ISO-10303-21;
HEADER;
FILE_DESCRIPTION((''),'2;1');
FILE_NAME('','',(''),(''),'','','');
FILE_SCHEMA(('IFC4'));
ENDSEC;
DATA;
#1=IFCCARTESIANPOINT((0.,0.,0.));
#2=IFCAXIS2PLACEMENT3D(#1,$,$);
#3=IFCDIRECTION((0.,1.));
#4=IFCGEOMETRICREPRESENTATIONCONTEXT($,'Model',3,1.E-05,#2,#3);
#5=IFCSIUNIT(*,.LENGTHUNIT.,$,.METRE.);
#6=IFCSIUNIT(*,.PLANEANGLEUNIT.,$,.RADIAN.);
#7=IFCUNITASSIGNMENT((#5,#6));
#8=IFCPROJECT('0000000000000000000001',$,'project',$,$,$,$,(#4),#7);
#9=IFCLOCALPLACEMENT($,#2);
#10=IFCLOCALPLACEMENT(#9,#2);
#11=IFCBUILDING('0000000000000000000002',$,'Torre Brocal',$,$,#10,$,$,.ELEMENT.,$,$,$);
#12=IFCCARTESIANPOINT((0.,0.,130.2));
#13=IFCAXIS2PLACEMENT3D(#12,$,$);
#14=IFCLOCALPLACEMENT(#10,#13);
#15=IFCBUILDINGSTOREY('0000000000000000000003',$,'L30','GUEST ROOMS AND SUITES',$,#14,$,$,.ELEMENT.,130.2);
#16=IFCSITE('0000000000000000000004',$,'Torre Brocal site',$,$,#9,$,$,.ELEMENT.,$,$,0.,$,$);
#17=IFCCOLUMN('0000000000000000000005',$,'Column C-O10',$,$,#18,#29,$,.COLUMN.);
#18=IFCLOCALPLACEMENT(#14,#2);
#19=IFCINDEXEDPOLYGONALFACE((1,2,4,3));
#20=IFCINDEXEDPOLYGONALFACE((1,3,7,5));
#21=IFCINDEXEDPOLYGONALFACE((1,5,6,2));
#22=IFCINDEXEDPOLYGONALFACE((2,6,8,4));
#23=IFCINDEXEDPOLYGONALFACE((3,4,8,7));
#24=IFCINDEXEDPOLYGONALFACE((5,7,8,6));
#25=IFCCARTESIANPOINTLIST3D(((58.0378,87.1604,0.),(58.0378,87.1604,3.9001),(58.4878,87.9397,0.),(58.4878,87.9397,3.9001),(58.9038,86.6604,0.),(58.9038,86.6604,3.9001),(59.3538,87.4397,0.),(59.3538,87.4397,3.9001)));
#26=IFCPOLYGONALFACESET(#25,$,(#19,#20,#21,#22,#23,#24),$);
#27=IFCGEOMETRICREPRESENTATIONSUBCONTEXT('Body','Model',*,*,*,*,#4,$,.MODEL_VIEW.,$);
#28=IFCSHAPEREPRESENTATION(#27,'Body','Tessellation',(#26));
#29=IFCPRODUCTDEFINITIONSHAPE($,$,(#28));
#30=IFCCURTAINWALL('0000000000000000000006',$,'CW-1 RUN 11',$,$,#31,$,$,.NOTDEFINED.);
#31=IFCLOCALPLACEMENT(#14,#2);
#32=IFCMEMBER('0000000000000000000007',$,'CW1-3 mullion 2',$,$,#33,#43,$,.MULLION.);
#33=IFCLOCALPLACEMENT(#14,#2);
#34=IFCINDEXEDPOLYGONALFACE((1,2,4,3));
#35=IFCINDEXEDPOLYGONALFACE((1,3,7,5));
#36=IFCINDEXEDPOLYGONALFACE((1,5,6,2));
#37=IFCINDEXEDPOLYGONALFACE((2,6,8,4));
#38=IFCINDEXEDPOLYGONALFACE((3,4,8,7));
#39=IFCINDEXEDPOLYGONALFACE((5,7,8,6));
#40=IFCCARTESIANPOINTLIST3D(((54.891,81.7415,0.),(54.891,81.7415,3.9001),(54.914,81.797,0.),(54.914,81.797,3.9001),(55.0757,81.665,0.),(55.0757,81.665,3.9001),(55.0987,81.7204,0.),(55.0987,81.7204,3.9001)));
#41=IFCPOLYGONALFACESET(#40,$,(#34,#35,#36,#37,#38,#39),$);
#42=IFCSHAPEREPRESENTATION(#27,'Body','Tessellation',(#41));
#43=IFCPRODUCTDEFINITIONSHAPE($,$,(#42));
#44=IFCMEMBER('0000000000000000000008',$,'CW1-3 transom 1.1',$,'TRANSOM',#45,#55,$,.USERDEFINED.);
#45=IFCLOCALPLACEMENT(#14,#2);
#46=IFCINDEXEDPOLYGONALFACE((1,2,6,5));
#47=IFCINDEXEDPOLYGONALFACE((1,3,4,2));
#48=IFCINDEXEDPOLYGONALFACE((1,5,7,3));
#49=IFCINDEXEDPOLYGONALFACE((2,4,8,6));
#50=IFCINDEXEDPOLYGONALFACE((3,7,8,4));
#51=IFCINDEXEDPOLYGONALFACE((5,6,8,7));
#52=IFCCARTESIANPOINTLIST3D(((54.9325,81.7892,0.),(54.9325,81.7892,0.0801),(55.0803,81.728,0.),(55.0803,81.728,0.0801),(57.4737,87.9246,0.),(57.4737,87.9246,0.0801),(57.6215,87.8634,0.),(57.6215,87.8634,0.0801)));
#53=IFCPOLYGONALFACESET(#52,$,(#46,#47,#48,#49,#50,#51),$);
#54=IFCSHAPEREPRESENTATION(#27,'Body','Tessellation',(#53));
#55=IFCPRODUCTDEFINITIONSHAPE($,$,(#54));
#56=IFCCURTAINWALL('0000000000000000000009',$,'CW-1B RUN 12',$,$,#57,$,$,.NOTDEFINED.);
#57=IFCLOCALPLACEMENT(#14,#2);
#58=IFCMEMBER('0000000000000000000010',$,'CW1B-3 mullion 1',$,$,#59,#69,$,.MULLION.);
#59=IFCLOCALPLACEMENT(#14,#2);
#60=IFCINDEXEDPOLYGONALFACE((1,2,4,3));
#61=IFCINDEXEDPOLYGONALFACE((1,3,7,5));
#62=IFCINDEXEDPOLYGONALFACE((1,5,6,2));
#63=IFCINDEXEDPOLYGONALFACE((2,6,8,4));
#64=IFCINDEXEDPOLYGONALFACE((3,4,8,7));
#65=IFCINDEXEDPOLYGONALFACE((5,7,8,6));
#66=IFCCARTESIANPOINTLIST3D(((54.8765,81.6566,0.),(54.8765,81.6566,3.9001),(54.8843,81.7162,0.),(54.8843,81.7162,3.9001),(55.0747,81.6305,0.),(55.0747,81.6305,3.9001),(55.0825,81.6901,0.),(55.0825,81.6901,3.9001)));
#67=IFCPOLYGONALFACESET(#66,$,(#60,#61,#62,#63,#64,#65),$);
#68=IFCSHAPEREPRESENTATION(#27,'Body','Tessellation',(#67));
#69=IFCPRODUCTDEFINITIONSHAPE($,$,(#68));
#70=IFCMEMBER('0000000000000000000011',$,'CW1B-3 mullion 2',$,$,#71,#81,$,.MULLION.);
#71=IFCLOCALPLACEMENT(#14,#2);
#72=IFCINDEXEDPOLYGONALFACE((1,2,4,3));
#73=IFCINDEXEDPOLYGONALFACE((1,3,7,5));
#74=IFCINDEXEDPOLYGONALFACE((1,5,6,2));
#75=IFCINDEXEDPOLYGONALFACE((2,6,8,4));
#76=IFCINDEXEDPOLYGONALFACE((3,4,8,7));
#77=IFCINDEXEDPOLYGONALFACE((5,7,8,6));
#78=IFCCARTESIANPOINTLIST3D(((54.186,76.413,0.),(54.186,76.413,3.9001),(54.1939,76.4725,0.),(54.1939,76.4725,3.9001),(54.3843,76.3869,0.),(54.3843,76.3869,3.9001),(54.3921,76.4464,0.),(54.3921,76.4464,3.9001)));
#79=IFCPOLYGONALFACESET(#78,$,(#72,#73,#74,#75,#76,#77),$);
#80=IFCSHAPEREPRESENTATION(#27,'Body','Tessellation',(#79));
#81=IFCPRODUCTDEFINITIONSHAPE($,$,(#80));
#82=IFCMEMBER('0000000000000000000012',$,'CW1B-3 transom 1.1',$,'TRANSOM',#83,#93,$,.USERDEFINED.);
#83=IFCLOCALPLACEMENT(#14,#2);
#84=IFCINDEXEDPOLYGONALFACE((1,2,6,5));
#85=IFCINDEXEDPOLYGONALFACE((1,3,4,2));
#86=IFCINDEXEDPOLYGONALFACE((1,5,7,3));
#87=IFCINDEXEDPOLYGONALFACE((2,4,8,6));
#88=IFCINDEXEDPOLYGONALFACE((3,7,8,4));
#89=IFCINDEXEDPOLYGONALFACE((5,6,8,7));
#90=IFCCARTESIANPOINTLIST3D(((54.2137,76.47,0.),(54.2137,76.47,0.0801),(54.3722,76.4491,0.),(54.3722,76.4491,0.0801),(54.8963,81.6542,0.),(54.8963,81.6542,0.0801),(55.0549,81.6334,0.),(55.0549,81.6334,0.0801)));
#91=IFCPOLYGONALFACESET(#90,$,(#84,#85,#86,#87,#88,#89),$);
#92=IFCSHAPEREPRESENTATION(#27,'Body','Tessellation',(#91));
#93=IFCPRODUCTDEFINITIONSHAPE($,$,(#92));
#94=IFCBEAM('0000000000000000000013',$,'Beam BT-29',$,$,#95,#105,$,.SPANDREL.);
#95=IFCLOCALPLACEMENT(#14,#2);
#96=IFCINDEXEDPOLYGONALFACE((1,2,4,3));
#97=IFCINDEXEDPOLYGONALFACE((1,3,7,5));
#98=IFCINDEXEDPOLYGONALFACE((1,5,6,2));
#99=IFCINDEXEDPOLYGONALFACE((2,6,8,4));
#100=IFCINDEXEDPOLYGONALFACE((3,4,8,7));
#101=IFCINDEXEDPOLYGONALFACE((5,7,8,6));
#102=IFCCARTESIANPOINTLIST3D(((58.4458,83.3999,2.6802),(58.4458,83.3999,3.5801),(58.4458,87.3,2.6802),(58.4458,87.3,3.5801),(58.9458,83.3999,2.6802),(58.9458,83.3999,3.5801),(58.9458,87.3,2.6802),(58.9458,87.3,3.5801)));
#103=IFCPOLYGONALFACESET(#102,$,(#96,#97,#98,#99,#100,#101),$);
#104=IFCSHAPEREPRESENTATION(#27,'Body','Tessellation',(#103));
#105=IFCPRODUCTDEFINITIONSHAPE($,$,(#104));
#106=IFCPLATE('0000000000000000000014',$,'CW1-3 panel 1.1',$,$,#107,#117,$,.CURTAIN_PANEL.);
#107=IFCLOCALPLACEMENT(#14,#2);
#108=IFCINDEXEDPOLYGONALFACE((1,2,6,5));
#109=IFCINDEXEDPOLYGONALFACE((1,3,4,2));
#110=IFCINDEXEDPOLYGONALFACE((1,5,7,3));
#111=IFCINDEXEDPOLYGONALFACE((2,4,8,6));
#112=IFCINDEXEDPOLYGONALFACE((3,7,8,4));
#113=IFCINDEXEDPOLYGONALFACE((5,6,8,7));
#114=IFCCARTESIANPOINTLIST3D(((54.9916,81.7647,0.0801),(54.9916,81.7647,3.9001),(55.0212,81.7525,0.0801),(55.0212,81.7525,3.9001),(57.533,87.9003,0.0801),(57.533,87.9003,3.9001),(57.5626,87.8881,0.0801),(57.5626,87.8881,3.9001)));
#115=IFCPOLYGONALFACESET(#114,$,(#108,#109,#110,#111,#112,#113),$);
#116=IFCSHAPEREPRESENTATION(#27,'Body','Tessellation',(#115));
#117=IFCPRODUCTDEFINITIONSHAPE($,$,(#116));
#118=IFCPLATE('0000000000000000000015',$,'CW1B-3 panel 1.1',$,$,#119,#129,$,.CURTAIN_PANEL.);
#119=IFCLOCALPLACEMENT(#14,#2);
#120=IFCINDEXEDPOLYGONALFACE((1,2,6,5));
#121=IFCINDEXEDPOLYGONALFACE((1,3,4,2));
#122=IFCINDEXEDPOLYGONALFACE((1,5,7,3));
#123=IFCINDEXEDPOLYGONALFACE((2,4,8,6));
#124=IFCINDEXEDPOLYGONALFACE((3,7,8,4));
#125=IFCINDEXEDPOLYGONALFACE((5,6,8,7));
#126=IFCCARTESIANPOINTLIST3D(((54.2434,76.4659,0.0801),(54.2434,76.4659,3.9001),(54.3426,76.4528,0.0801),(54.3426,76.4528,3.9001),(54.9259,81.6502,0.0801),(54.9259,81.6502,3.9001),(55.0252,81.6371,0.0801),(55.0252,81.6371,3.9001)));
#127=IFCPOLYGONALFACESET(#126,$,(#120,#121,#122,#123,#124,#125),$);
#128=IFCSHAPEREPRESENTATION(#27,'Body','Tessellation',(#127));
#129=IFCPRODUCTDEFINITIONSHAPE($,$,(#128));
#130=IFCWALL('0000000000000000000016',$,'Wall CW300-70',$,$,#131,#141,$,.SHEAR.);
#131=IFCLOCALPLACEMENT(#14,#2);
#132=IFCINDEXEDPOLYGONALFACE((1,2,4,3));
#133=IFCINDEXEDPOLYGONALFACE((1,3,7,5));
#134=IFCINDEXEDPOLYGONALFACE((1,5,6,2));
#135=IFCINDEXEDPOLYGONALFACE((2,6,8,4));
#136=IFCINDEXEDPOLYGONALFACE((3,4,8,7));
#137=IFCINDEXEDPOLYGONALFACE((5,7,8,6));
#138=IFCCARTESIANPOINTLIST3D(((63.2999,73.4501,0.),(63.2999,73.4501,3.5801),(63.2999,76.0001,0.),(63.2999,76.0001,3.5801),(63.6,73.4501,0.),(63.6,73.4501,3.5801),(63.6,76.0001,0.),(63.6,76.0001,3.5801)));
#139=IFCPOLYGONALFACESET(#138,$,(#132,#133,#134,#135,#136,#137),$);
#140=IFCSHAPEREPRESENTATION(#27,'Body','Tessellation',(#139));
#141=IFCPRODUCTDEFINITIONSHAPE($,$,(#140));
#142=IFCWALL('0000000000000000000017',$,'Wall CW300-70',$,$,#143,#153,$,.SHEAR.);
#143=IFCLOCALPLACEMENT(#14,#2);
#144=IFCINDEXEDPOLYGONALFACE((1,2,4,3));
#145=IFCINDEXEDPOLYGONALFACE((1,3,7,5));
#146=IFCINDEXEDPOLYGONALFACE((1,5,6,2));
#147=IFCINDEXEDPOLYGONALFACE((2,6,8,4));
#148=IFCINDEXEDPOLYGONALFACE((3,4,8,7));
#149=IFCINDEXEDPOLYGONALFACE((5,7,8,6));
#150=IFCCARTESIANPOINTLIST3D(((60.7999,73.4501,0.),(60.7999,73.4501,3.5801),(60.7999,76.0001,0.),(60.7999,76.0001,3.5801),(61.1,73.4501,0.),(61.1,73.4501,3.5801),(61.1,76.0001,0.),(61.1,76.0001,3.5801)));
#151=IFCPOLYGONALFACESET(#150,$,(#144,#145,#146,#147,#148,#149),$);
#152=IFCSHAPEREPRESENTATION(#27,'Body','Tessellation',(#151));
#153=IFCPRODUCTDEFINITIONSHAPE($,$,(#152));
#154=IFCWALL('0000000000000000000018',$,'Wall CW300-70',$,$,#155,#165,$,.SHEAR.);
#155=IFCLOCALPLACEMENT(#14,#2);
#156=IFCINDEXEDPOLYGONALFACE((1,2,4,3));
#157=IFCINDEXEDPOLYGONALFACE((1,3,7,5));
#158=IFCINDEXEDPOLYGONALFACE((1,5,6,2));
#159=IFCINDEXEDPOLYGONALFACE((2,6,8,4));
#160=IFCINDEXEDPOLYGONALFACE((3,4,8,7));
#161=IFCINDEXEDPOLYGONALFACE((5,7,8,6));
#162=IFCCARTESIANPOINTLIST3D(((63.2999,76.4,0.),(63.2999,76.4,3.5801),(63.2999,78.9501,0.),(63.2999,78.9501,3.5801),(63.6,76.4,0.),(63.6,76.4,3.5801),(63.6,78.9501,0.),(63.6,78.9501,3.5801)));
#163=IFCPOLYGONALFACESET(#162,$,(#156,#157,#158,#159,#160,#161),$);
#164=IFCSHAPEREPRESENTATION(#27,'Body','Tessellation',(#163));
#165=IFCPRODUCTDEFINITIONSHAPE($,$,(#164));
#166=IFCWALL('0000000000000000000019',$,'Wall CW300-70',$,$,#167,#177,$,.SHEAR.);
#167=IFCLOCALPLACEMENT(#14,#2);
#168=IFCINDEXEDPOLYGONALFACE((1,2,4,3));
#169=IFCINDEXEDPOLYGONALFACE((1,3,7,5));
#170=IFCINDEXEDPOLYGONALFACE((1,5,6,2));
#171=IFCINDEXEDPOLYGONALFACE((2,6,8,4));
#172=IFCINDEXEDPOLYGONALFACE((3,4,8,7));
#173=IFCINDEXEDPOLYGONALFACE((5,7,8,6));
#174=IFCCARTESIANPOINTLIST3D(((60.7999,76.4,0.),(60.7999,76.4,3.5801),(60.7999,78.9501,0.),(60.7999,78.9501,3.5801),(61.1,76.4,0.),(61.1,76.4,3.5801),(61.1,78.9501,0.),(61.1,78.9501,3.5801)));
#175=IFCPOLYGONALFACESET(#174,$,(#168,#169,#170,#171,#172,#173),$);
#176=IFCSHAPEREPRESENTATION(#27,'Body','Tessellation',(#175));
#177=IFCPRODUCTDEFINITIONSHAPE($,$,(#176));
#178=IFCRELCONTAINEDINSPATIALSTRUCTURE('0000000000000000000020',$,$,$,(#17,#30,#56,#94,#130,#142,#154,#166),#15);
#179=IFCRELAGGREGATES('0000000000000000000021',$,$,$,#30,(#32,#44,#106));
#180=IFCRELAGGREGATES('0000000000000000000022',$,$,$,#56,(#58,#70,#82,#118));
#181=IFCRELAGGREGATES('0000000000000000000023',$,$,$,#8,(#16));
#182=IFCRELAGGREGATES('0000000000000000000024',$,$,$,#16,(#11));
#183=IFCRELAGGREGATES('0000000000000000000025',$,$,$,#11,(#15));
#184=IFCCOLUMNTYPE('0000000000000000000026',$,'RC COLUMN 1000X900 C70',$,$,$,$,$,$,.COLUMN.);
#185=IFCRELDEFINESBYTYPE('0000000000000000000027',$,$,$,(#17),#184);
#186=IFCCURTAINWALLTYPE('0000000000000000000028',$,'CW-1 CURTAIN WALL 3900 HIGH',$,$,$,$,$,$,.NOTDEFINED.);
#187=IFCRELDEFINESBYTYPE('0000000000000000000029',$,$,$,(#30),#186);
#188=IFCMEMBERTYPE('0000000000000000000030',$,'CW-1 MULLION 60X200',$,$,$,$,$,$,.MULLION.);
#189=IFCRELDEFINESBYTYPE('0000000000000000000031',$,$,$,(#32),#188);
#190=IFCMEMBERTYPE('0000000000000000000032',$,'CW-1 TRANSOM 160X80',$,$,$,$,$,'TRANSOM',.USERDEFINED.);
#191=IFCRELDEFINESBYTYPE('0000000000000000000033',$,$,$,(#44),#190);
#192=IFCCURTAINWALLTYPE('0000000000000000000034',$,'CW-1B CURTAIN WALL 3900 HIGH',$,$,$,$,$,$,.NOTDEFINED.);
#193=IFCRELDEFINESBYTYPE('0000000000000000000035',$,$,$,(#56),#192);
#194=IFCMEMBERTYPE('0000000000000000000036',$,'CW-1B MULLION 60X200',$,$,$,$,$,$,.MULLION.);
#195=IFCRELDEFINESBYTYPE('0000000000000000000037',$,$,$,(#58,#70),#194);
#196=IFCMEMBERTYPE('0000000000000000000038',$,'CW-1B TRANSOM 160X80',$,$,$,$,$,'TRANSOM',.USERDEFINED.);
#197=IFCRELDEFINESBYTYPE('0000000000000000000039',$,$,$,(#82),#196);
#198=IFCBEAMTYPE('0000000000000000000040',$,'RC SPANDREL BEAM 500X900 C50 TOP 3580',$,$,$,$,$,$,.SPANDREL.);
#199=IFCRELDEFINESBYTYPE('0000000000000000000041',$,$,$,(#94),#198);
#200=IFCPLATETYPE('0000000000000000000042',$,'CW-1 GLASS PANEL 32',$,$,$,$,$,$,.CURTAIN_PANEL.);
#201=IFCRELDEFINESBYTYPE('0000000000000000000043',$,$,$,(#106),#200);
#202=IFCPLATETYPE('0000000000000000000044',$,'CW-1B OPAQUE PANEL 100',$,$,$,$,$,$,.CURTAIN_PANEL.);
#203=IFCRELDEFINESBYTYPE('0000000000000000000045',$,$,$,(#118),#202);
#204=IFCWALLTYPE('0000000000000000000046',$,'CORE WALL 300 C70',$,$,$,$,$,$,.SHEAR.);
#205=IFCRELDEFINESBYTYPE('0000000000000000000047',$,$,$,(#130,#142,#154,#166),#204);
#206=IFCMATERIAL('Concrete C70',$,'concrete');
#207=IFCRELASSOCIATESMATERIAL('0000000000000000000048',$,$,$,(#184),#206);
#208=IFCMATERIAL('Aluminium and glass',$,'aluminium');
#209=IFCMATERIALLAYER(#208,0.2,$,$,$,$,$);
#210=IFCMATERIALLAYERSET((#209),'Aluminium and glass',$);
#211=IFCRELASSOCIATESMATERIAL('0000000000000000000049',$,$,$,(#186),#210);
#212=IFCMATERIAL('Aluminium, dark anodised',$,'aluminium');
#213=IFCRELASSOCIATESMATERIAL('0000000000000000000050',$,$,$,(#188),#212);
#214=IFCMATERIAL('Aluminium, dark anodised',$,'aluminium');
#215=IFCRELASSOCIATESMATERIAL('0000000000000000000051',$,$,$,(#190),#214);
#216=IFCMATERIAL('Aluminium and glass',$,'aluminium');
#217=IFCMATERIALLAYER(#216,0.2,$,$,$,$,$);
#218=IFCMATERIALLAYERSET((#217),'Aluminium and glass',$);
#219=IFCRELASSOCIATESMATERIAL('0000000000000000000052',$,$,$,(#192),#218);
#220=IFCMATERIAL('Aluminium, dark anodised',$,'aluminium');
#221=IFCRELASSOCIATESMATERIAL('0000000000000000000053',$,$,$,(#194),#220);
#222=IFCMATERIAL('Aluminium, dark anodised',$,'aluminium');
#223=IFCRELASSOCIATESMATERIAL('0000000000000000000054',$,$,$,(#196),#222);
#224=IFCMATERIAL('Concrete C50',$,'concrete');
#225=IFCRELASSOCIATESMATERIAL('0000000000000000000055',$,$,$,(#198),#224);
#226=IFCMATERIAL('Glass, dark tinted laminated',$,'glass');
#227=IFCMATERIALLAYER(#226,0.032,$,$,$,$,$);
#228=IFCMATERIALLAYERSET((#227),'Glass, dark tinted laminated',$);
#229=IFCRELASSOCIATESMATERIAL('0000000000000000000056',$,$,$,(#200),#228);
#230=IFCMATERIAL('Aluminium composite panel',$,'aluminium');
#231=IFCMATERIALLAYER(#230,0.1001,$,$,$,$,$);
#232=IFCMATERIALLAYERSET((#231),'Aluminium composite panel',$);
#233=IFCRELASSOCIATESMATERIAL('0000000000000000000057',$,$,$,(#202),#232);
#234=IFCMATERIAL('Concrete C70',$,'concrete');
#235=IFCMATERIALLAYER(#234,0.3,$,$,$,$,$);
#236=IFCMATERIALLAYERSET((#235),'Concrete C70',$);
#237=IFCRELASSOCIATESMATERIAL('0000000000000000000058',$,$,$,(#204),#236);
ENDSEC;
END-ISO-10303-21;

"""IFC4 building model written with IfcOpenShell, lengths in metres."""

from ifc_helpers import new_model, si_unit, direction, frame, frame_2d, origin, origin_2d, place, context, subcontext, project, spatial, rectangle, extrude, material, layer, layer_set, material_profile, profile_set, type_object, element, aggregate, save


model = new_model("IFC4")

# Units and contexts
model_context = context("Model", 3, precision=1e-05, world=origin(), true_north=direction((0.0, 1.0)))
body_context = subcontext(model_context, "Body", "Model", "MODEL_VIEW")
ifc_project = project(units=[si_unit("LENGTHUNIT", "METRE"), si_unit("PLANEANGLEUNIT", "RADIAN")], contexts=[model_context])

# Site, building, storey
site_placement = place(None, origin())
site = spatial("IfcSite", under=ifc_project, at=site_placement, Name="Torre Brocal site", CompositionType="ELEMENT", RefElevation=0.0)
building_placement = place(site_placement, origin())
building = spatial("IfcBuilding", under=site, at=building_placement, Name="Torre Brocal", CompositionType="ELEMENT")
storey_placement = place(building_placement, frame((0.0, 0.0, 130.2)))
storey = spatial("IfcBuildingStorey", under=building, at=storey_placement, Name="L30", Description="GUEST ROOMS AND SUITES", CompositionType="ELEMENT", Elevation=130.2)

# Column
ifc_material_1 = material(Name="Concrete C70", Category="concrete")
ifc_material_profile_1 = material_profile(ifc_material_1, rectangle(XDim=1.0, YDim=0.8999, at=origin_2d()), Name="RC 1000X900")
ifc_profile_set_1 = profile_set([ifc_material_profile_1], Name="Concrete C70")
column_type = type_object("IfcColumnType", Name="RC COLUMN 1000X900 C70", PredefinedType="COLUMN", material=ifc_profile_set_1)
column_placement = place(storey_placement, frame((58.6958, 87.3, 0.0), z_axis=(0.0, 0.0, 1.0), x_axis=(-0.866025, 0.5, 0.0)))
element("IfcColumn", 1, at=column_placement, inside=storey, type_object=column_type, Name="Column C-O10", PredefinedType="COLUMN", context=body_context, shape_type="SweptSolid", body=[
    extrude(rectangle(XDim=1.0, YDim=0.8999, at=origin_2d()), origin(), (0.0, 0.0, 1.0), 3.9001),
])

# Curtain walls, members
ifc_material_2 = material(Name="Aluminium and glass", Category="aluminium")
ifc_layer_1 = layer(ifc_material_2, 0.2)
ifc_layer_set_1 = layer_set([ifc_layer_1], Name="Aluminium and glass")
curtain_wall_type_1 = type_object("IfcCurtainWallType", Name="CW-1 CURTAIN WALL 3900 HIGH", PredefinedType="NOTDEFINED", material=ifc_layer_set_1)
curtain_wall_1_placement = place(storey_placement, origin())
curtain_wall_1 = element("IfcCurtainWall", 2, at=curtain_wall_1_placement, inside=storey, type_object=curtain_wall_type_1, Name="CW-1 RUN 11", PredefinedType="NOTDEFINED")
ifc_material_3 = material(Name="Aluminium, dark anodised", Category="aluminium")
ifc_material_profile_2 = material_profile(ifc_material_3, rectangle(XDim=0.2, YDim=0.0601, at=origin_2d()), Name="CW-1 MULLION 60X200")
ifc_profile_set_2 = profile_set([ifc_material_profile_2], Name="Aluminium, dark anodised")
member_type_1 = type_object("IfcMemberType", Name="CW-1 MULLION 60X200", PredefinedType="MULLION", material=ifc_profile_set_2)
member_1_placement = place(storey_placement, frame((54.9949, 81.731, 0.0), z_axis=(0.0, 0.0, 1.0), x_axis=(0.92388, -0.382683, 0.0)))
member_1 = element("IfcMember", 3, at=member_1_placement, type_object=member_type_1, Name="CW1-3 mullion 2", PredefinedType="MULLION", context=body_context, shape_type="SweptSolid", body=[
    extrude(rectangle(XDim=0.2, YDim=0.0601, at=origin_2d()), origin(), (0.0, 0.0, 1.0), 3.9001),
])
ifc_material_4 = material(Name="Aluminium, dark anodised", Category="aluminium")
ifc_material_profile_3 = material_profile(ifc_material_4, rectangle(XDim=0.1599, YDim=0.0801, at=origin_2d()), Name="CW-1 TRANSOM 160X80")
ifc_profile_set_3 = profile_set([ifc_material_profile_3], Name="Aluminium, dark anodised")
member_type_2 = type_object("IfcMemberType", Name="CW-1 TRANSOM 160X80", ElementType="TRANSOM", PredefinedType="USERDEFINED", material=ifc_profile_set_3)
member_2_placement = place(storey_placement, frame((57.5476, 87.894, 0.04), z_axis=(-0.382665, -0.923887, 0.0), x_axis=(0.923887, -0.382665, 0.0)))
member_2 = element("IfcMember", 4, at=member_2_placement, type_object=member_type_2, Name="CW1-3 transom 1.1", ObjectType="TRANSOM", PredefinedType="USERDEFINED", context=body_context, shape_type="SweptSolid", body=[
    extrude(rectangle(XDim=0.1599, YDim=0.0801, at=origin_2d()), origin(), (0.0, 0.0, 1.0), 6.6409),
])
ifc_material_5 = material(Name="Aluminium and glass", Category="aluminium")
ifc_layer_2 = layer(ifc_material_5, 0.2)
ifc_layer_set_2 = layer_set([ifc_layer_2], Name="Aluminium and glass")
curtain_wall_type_2 = type_object("IfcCurtainWallType", Name="CW-1B CURTAIN WALL 3900 HIGH", PredefinedType="NOTDEFINED", material=ifc_layer_set_2)
curtain_wall_2_placement = place(storey_placement, origin())
curtain_wall_2 = element("IfcCurtainWall", 5, at=curtain_wall_2_placement, inside=storey, type_object=curtain_wall_type_2, Name="CW-1B RUN 12", PredefinedType="NOTDEFINED")
ifc_material_6 = material(Name="Aluminium, dark anodised", Category="aluminium")
ifc_material_profile_4 = material_profile(ifc_material_6, rectangle(XDim=0.2, YDim=0.0601, at=origin_2d()), Name="CW-1B MULLION 60X200")
ifc_profile_set_4 = profile_set([ifc_material_profile_4], Name="Aluminium, dark anodised")
member_type_3 = type_object("IfcMemberType", Name="CW-1B MULLION 60X200", PredefinedType="MULLION", material=ifc_profile_set_4)
member_3_placement = place(storey_placement, frame((54.9795, 81.6733, 0.0), z_axis=(0.0, 0.0, 1.0), x_axis=(0.991445, -0.130526, 0.0)))
member_3 = element("IfcMember", 6, at=member_3_placement, type_object=member_type_3, Name="CW1B-3 mullion 1", PredefinedType="MULLION", context=body_context, shape_type="SweptSolid", body=[
    extrude(rectangle(XDim=0.2, YDim=0.0601, at=origin_2d()), origin(), (0.0, 0.0, 1.0), 3.9001),
])
member_4_placement = place(storey_placement, frame((54.2891, 76.4297, 0.0), z_axis=(0.0, 0.0, 1.0), x_axis=(0.991445, -0.130526, 0.0)))
member_4 = element("IfcMember", 7, at=member_4_placement, type_object=member_type_3, Name="CW1B-3 mullion 2", PredefinedType="MULLION", context=body_context, shape_type="SweptSolid", body=[
    extrude(rectangle(XDim=0.2, YDim=0.0601, at=origin_2d()), origin(), (0.0, 0.0, 1.0), 3.9001),
])
ifc_material_7 = material(Name="Aluminium, dark anodised", Category="aluminium")
ifc_material_profile_5 = material_profile(ifc_material_7, rectangle(XDim=0.1599, YDim=0.0801, at=origin_2d()), Name="CW-1B TRANSOM 160X80")
ifc_profile_set_5 = profile_set([ifc_material_profile_5], Name="Aluminium, dark anodised")
member_type_4 = type_object("IfcMemberType", Name="CW-1B TRANSOM 160X80", ElementType="TRANSOM", PredefinedType="USERDEFINED", material=ifc_profile_set_5)
member_5_placement = place(storey_placement, frame((54.9756, 81.6438, 0.04), z_axis=(-0.130543, -0.991443, 0.0), x_axis=(0.991443, -0.130543, 0.0)))
member_5 = element("IfcMember", 8, at=member_5_placement, type_object=member_type_4, Name="CW1B-3 transom 1.1", ObjectType="TRANSOM", PredefinedType="USERDEFINED", context=body_context, shape_type="SweptSolid", body=[
    extrude(rectangle(XDim=0.1599, YDim=0.0801, at=origin_2d()), origin(), (0.0, 0.0, 1.0), 5.229),
])

# Beam
ifc_material_8 = material(Name="Concrete C50", Category="concrete")
ifc_material_profile_6 = material_profile(ifc_material_8, rectangle(XDim=0.5, YDim=0.8999, at=origin_2d()), Name="RC 500X900")
ifc_profile_set_6 = profile_set([ifc_material_profile_6], Name="Concrete C50")
beam_type = type_object("IfcBeamType", Name="RC SPANDREL BEAM 500X900 C50 TOP 3580", PredefinedType="SPANDREL", material=ifc_profile_set_6)
beam_placement = place(storey_placement, frame((58.6958, 87.3, 3.1301), z_axis=(0.0, -1.0, 0.0), x_axis=(1.0, 0.0, 0.0)))
element("IfcBeam", 9, at=beam_placement, inside=storey, type_object=beam_type, Name="Beam BT-29", PredefinedType="SPANDREL", context=body_context, shape_type="SweptSolid", body=[
    extrude(rectangle(XDim=0.5, YDim=0.8999, at=origin_2d()), origin(), (0.0, 0.0, 1.0), 3.9001),
])

# Plates
ifc_material_9 = material(Name="Glass, dark tinted laminated", Category="glass")
ifc_layer_3 = layer(ifc_material_9, 0.032)
ifc_layer_set_3 = layer_set([ifc_layer_3], Name="Glass, dark tinted laminated")
plate_type_1 = type_object("IfcPlateType", Name="CW-1 GLASS PANEL 32", PredefinedType="CURTAIN_PANEL", material=ifc_layer_set_3)
plate_1_placement = place(storey_placement, frame((56.2771, 84.8264, 0.0801), z_axis=(0.0, 0.0, 1.0), x_axis=(-0.382683, -0.92388, 0.0)))
plate_1 = element("IfcPlate", 10, at=plate_1_placement, type_object=plate_type_1, Name="CW1-3 panel 1.1", PredefinedType="CURTAIN_PANEL", context=body_context, shape_type="SweptSolid", body=[
    extrude(rectangle(XDim=6.6411, YDim=0.032, at=origin_2d()), origin(), (0.0, 0.0, 1.0), 3.8201),
])
aggregate(curtain_wall_1, [member_1, member_2, plate_1])
ifc_material_10 = material(Name="Aluminium composite panel", Category="aluminium")
ifc_layer_4 = layer(ifc_material_10, 0.1001)
ifc_layer_set_4 = layer_set([ifc_layer_4], Name="Aluminium composite panel")
plate_type_2 = type_object("IfcPlateType", Name="CW-1B OPAQUE PANEL 100", PredefinedType="CURTAIN_PANEL", material=ifc_layer_set_4)
plate_2_placement = place(storey_placement, frame((54.6343, 79.0515, 0.0801), z_axis=(0.0, 0.0, 1.0), x_axis=(-0.130526, -0.991445, 0.0)))
plate_2 = element("IfcPlate", 11, at=plate_2_placement, type_object=plate_type_2, Name="CW1B-3 panel 1.1", PredefinedType="CURTAIN_PANEL", context=body_context, shape_type="SweptSolid", body=[
    extrude(rectangle(XDim=5.229, YDim=0.1001, at=origin_2d()), origin(), (0.0, 0.0, 1.0), 3.8201),
])
aggregate(curtain_wall_2, [member_3, member_4, member_5, plate_2])

# Walls
ifc_material_11 = material(Name="Concrete C70", Category="concrete")
ifc_layer_5 = layer(ifc_material_11, 0.3)
ifc_layer_set_5 = layer_set([ifc_layer_5], Name="Concrete C70")
wall_type_1 = type_object("IfcWallType", Name="CORE WALL 300 C70", PredefinedType="SHEAR", material=ifc_layer_set_5)
for number, where, z_axis, x_axis, name in (
    (12, (63.45, 76.0, 0.0), (0.0, 0.0, 1.0), (0.0, -1.0, 0.0), "Wall CW300-70"),
    (13, (60.95, 76.0, 0.0), (0.0, 0.0, 1.0), (0.0, -1.0, 0.0), "Wall CW300-70"),
    (14, (63.45, 78.95, 0.0), (0.0, 0.0, 1.0), (0.0, -1.0, 0.0), "Wall CW300-70"),
    (15, (60.95, 78.95, 0.0), (0.0, 0.0, 1.0), (0.0, -1.0, 0.0), "Wall CW300-70"),
):
    element("IfcWall", number, at=place(storey_placement, frame(where, z_axis=z_axis, x_axis=x_axis)), inside=storey, type_object=wall_type_1, Name=name, PredefinedType="SHEAR", context=body_context, shape_type="SweptSolid", body=[
        extrude(rectangle(XDim=2.55, YDim=0.3, at=frame_2d((1.2749, 0.0))), origin(), (0.0, 0.0, 1.0), 3.5801),
    ])

save(model, "model.ifc")
